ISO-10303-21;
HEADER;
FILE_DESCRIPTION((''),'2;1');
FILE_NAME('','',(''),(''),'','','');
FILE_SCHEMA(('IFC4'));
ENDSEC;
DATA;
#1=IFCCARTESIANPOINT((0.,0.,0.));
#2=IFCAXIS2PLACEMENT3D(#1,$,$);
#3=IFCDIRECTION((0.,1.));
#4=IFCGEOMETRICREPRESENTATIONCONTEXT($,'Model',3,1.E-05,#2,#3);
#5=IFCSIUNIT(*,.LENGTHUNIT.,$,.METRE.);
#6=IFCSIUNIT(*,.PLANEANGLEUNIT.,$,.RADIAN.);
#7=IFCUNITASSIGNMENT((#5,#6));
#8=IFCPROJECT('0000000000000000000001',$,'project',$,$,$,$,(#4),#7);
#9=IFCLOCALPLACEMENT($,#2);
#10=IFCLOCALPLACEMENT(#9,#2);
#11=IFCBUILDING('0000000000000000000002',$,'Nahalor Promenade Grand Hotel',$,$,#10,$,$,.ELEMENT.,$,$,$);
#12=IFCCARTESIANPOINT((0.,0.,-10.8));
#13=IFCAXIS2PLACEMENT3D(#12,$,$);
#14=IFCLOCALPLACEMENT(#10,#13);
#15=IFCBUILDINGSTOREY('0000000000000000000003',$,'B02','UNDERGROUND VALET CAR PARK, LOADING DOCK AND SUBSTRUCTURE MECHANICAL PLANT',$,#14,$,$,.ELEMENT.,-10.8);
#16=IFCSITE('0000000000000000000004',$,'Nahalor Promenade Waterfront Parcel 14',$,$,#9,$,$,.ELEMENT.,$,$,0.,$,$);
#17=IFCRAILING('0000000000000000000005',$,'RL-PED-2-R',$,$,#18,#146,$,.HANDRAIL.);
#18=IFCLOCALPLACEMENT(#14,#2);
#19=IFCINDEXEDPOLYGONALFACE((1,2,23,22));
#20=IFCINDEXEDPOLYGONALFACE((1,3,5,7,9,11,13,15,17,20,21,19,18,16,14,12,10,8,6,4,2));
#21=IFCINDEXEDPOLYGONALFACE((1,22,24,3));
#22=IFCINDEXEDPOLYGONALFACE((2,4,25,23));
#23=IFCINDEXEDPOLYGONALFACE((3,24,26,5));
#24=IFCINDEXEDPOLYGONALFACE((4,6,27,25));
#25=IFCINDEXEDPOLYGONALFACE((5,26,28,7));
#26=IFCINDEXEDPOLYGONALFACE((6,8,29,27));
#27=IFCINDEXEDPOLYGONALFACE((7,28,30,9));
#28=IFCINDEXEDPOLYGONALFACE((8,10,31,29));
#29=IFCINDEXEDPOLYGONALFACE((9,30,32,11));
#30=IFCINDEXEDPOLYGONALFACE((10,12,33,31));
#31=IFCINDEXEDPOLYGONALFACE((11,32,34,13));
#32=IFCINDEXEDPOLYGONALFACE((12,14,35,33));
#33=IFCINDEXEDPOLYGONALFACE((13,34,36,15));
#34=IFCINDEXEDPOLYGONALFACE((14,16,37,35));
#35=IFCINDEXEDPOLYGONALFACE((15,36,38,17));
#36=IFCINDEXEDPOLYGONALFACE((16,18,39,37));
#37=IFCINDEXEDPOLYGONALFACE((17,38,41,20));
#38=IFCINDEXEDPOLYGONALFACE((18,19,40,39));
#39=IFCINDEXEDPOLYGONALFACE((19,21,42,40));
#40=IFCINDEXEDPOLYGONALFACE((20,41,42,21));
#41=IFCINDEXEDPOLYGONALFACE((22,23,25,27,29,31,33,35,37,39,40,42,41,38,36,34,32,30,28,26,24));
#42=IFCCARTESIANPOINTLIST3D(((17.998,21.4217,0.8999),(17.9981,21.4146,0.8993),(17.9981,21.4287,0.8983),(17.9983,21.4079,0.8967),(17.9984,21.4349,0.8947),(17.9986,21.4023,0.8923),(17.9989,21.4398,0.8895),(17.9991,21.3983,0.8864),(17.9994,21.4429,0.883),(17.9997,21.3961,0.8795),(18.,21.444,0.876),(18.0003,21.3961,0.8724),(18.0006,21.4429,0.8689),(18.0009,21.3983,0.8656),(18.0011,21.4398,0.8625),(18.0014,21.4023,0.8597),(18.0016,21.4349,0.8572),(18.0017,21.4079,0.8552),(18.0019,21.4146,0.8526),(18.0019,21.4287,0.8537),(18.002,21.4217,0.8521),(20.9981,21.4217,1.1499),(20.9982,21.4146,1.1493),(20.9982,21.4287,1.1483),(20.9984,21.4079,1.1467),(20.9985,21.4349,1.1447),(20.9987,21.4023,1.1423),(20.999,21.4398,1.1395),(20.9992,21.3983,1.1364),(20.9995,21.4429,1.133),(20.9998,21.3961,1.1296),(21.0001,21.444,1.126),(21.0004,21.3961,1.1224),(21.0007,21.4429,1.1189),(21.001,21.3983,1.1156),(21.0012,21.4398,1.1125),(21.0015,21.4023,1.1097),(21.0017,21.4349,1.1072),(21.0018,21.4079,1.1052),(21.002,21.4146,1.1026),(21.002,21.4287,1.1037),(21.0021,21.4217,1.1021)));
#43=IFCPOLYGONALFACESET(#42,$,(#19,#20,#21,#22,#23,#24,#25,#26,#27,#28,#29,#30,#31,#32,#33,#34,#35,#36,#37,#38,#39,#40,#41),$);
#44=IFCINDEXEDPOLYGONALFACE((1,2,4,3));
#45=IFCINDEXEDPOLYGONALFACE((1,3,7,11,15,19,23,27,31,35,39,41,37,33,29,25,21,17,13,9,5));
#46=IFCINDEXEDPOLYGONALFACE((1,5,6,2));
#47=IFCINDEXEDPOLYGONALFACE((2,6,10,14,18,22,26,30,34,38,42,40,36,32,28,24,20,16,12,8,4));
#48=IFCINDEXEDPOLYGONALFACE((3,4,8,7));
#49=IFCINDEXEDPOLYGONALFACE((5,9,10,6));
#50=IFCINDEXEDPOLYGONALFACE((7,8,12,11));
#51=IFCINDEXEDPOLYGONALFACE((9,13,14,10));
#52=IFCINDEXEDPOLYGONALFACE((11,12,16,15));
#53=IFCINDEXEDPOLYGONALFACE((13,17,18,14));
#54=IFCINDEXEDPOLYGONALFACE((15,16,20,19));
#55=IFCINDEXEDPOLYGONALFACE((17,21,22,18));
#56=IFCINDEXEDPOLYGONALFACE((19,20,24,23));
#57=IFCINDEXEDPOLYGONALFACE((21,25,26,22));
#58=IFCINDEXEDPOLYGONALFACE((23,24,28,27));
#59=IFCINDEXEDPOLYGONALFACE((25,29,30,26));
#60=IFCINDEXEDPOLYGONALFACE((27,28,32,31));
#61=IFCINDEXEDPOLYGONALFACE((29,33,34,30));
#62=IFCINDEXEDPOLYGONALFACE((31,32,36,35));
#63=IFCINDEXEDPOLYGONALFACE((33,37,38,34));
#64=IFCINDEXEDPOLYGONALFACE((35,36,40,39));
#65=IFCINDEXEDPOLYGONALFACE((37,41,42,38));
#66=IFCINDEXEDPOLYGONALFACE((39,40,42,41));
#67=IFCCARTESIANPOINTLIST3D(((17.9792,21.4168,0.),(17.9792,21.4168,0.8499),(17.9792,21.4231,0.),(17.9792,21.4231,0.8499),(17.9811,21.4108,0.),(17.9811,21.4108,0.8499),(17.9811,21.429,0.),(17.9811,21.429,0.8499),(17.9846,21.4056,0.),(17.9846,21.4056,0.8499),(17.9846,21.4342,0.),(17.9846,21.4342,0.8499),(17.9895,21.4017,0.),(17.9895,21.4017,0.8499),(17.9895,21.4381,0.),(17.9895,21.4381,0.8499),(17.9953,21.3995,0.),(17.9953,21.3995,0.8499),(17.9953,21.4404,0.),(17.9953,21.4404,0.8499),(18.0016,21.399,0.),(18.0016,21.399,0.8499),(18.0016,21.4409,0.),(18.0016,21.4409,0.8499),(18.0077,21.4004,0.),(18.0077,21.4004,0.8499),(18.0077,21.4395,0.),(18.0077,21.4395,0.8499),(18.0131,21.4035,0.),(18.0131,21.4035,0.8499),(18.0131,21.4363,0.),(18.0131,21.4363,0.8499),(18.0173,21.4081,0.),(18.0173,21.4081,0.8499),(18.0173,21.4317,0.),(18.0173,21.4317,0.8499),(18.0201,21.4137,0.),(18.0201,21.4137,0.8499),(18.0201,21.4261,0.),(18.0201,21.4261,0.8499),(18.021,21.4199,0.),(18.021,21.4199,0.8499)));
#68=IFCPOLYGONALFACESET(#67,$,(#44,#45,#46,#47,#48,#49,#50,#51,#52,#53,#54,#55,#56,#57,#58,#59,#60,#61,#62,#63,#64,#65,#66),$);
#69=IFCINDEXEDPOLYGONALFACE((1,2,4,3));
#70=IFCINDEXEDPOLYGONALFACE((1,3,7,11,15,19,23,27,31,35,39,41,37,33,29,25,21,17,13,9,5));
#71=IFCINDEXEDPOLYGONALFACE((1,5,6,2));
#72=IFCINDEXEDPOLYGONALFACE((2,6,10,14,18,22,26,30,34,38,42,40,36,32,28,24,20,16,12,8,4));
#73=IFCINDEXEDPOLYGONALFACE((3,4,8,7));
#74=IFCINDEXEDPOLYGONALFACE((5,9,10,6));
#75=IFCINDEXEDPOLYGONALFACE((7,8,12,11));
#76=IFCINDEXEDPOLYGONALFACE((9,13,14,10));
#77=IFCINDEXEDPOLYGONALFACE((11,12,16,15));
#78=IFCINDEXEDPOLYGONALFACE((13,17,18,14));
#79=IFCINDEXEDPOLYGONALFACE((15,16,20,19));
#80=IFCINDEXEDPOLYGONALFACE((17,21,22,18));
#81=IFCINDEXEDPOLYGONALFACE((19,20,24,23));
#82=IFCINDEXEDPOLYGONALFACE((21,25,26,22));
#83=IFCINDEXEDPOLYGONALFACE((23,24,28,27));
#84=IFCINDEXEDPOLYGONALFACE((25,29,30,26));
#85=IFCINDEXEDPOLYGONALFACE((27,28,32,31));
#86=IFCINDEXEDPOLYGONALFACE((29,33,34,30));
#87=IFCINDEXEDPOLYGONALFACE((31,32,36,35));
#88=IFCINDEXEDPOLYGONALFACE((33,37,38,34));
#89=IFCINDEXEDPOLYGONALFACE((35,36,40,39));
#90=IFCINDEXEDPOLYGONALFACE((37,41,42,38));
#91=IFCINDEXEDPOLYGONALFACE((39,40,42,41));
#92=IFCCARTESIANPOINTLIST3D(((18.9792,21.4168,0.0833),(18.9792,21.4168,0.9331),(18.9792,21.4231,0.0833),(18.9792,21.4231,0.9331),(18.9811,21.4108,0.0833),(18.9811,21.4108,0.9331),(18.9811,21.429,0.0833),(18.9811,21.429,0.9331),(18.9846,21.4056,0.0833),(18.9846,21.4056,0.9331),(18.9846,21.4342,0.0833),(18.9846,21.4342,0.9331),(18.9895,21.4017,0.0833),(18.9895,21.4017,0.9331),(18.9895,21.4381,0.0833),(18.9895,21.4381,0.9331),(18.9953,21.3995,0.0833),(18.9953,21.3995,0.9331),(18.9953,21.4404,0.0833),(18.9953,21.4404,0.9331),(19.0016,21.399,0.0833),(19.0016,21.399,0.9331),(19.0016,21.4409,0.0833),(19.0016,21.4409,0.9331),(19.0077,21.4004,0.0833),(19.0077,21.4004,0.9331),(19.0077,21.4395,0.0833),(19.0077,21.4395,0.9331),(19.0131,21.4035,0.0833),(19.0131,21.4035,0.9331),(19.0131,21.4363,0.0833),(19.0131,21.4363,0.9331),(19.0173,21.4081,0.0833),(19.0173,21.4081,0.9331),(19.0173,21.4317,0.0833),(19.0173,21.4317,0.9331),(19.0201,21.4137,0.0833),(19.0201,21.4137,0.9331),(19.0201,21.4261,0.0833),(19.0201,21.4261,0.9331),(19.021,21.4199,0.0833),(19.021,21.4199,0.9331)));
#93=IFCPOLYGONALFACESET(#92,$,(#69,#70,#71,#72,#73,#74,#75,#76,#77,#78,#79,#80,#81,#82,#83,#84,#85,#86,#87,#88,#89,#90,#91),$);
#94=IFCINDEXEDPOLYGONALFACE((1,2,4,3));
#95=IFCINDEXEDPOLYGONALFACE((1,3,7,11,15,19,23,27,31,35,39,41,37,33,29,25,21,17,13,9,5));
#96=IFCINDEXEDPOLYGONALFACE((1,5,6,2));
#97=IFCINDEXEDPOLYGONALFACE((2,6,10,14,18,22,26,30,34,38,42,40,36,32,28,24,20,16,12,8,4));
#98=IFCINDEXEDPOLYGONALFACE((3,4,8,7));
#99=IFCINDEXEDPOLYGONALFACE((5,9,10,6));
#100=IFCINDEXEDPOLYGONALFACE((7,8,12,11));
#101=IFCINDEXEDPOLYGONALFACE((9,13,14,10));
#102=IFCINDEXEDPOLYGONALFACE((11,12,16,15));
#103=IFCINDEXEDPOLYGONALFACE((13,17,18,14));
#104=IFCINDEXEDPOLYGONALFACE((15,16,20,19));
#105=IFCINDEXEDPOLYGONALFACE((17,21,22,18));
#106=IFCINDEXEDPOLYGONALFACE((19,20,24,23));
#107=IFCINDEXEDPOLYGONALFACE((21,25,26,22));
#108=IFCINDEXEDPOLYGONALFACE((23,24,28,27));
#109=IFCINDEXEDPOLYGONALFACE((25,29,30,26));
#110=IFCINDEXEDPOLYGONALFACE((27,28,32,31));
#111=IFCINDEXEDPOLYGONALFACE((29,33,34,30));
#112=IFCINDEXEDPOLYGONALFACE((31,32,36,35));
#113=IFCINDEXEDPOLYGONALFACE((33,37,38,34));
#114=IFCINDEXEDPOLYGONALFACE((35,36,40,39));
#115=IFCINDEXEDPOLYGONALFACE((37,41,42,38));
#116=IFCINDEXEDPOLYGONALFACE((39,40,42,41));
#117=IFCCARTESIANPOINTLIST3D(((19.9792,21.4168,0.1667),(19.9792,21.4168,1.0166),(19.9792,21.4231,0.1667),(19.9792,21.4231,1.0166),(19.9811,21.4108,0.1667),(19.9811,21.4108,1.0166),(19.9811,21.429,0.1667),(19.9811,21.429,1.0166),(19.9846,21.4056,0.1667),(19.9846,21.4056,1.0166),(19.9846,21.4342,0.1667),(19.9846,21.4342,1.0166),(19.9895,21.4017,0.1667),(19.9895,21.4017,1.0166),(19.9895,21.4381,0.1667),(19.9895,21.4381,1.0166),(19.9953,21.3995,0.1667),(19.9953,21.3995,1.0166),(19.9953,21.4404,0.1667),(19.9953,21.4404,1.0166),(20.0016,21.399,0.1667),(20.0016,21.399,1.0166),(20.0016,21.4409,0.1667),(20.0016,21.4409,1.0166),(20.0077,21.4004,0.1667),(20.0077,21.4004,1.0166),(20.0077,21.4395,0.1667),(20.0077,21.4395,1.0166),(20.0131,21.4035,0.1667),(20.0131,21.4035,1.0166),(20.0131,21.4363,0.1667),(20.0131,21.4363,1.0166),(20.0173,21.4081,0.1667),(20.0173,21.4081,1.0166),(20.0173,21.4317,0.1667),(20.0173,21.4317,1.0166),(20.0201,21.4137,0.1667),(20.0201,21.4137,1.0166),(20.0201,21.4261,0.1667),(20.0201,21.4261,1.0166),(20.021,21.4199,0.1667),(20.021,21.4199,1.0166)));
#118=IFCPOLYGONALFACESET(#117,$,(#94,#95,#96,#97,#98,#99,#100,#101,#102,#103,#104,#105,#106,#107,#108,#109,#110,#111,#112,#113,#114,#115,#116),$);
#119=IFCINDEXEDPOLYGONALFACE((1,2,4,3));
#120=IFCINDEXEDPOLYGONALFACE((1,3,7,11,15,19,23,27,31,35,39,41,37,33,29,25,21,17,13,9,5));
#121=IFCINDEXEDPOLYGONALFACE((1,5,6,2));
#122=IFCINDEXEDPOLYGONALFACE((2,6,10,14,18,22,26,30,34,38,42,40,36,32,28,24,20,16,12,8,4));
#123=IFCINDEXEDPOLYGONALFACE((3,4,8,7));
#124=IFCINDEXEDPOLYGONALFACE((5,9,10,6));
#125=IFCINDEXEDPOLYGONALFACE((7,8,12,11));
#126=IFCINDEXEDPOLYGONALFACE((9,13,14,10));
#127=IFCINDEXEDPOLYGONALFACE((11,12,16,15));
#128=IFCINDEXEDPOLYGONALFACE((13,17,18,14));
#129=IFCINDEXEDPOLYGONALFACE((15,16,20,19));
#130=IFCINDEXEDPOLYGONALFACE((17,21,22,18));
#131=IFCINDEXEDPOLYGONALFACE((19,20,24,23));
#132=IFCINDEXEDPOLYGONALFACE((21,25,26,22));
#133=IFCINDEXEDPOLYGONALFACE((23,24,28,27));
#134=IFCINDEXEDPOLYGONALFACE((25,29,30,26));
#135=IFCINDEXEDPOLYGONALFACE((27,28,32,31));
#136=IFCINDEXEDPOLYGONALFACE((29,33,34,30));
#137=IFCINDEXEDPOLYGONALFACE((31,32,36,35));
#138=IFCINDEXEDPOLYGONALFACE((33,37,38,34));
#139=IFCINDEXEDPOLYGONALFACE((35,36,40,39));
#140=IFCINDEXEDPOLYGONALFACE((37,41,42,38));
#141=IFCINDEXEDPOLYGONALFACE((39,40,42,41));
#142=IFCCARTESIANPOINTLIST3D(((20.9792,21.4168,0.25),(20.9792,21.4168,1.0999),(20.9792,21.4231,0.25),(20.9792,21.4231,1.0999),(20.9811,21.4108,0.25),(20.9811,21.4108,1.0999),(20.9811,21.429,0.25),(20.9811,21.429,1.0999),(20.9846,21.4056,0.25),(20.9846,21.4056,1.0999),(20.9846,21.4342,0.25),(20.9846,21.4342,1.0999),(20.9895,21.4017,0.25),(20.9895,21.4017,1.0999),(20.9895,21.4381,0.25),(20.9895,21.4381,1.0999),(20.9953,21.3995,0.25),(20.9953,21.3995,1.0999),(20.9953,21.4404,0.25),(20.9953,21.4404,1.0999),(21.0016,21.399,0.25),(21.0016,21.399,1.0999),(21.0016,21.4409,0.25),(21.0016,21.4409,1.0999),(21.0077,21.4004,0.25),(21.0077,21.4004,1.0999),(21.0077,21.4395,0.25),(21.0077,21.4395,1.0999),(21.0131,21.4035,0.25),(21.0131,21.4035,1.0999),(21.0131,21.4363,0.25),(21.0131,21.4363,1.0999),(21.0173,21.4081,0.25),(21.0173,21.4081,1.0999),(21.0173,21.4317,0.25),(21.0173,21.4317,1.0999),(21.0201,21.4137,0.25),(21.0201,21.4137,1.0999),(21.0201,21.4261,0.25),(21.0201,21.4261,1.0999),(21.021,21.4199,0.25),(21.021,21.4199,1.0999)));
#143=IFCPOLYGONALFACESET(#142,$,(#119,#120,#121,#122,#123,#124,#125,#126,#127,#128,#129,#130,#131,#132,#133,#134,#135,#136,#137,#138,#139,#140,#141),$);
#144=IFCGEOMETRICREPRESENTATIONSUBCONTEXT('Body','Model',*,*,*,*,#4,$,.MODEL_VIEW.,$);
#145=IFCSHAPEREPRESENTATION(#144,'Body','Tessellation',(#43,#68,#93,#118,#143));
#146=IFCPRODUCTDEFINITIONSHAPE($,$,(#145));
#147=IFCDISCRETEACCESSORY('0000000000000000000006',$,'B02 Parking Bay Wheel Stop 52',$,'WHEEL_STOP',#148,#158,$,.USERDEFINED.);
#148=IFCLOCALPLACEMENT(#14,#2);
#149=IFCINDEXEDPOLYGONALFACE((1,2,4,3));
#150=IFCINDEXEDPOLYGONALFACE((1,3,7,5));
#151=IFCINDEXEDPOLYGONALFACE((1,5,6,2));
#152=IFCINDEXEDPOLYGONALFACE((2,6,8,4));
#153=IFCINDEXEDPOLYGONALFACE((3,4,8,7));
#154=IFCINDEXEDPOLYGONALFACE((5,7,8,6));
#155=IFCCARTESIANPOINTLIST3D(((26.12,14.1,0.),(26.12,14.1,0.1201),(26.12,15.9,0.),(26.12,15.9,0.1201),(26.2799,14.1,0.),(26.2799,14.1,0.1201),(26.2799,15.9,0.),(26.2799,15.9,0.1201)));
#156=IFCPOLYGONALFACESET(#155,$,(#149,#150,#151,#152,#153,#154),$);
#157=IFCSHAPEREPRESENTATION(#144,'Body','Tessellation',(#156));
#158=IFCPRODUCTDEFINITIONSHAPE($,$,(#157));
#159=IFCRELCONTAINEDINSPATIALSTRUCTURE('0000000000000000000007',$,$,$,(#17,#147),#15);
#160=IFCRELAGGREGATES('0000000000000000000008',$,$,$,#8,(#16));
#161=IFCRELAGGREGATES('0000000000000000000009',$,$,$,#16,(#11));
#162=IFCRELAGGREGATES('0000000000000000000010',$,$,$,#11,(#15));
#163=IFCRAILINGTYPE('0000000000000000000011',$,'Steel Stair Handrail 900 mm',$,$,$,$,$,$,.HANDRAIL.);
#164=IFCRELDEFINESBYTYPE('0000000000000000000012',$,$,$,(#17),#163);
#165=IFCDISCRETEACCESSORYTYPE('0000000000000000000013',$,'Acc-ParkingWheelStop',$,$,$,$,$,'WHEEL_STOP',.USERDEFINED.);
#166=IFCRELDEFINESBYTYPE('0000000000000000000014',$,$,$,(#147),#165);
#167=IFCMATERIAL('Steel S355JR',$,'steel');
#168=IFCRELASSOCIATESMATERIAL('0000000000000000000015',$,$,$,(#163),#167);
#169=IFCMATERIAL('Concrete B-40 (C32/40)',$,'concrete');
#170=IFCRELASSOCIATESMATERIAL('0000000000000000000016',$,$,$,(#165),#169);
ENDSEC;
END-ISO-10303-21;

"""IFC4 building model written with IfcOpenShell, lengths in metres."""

from ifc_helpers import new_model, si_unit, direction, frame, origin, origin_2d, place, context, subcontext, project, spatial, rectangle, circle, extrude, source, transform, mapped, material, type_object, element, save


model = new_model("IFC4")

# Units and contexts
model_context = context("Model", 3, precision=1e-05, world=origin(), true_north=direction((0.0, 1.0)))
body_context = subcontext(model_context, "Body", "Model", "MODEL_VIEW")
ifc_project = project(units=[si_unit("LENGTHUNIT", "METRE"), si_unit("PLANEANGLEUNIT", "RADIAN")], contexts=[model_context])

# Site, building, storey
site_placement = place(None, origin())
site = spatial("IfcSite", under=ifc_project, at=site_placement, Name="Nahalor Promenade Waterfront Parcel 14", CompositionType="ELEMENT", RefElevation=0.0)
building_placement = place(site_placement, origin())
building = spatial("IfcBuilding", under=site, at=building_placement, Name="Nahalor Promenade Grand Hotel", CompositionType="ELEMENT")
storey_placement = place(building_placement, frame((0.0, 0.0, -10.8)))
storey = spatial("IfcBuildingStorey", under=building, at=storey_placement, Name="B02", Description="UNDERGROUND VALET CAR PARK, LOADING DOCK AND SUBSTRUCTURE MECHANICAL PLANT", CompositionType="ELEMENT", Elevation=-10.8)

# Shared definitions
ifc_material_1 = material(Name="Steel S355JR", Category="steel")

# Railing
railing_type_1 = type_object("IfcRailingType", Name="Steel Stair Handrail 900 mm", PredefinedType="HANDRAIL", material=ifc_material_1)
for number, where, name in (
    (1, (18.0, 21.4199, 0.0), "RL-PED-2-R"),
):
    element("IfcRailing", number, at=place(storey_placement, frame(where)), inside=storey, type_object=railing_type_1, Name=name, PredefinedType="HANDRAIL", context=body_context, shape_type="SweptSolid", body=[
        extrude(circle(Radius=0.024, at=origin_2d()), frame((0.0, 0.0, 0.876), z_axis=(0.996546, 0.0, 0.083045), x_axis=(0.0, 1.0, 0.0)), (0.0, 0.0, 1.0), 3.0105),
        extrude(circle(Radius=0.021, at=origin_2d()), origin(), (0.0, 0.0, 1.0), 0.8499),
        extrude(circle(Radius=0.021, at=origin_2d()), frame((1.0, 0.0, 0.0833)), (0.0, 0.0, 1.0), 0.8499),
        extrude(circle(Radius=0.021, at=origin_2d()), frame((2.0, 0.0, 0.1667)), (0.0, 0.0, 1.0), 0.8499),
        extrude(circle(Radius=0.021, at=origin_2d()), frame((3.0, 0.0, 0.25)), (0.0, 0.0, 1.0), 0.8499),
    ])

# Discrete accessory
ifc_material_2 = material(Name="Concrete B-40 (C32/40)", Category="concrete")
discrete_accessory_type = type_object("IfcDiscreteAccessoryType", Name="Acc-ParkingWheelStop", ElementType="WHEEL_STOP", PredefinedType="USERDEFINED", material=ifc_material_2)
shared_shape_1 = source(origin(), body_context, "Body", "SweptSolid", [
    extrude(rectangle(XDim=1.8, YDim=0.1599, at=origin_2d()), origin(), (0.0, 0.0, 1.0), 0.1201),
])
discrete_accessory_placement = place(storey_placement, frame((26.2, 15.0, 0.0), z_axis=(0.0, 0.0, 1.0), x_axis=(0.0, 1.0, 0.0)))
element("IfcDiscreteAccessory", 2, at=discrete_accessory_placement, inside=storey, type_object=discrete_accessory_type, Name="B02 Parking Bay Wheel Stop 52", ObjectType="WHEEL_STOP", PredefinedType="USERDEFINED", context=body_context, shape_type="MappedRepresentation", body=[
    mapped(shared_shape_1, transform((0.0, 0.0, 0.0), scale=1.0)),
])

save(model, "model.ifc")
